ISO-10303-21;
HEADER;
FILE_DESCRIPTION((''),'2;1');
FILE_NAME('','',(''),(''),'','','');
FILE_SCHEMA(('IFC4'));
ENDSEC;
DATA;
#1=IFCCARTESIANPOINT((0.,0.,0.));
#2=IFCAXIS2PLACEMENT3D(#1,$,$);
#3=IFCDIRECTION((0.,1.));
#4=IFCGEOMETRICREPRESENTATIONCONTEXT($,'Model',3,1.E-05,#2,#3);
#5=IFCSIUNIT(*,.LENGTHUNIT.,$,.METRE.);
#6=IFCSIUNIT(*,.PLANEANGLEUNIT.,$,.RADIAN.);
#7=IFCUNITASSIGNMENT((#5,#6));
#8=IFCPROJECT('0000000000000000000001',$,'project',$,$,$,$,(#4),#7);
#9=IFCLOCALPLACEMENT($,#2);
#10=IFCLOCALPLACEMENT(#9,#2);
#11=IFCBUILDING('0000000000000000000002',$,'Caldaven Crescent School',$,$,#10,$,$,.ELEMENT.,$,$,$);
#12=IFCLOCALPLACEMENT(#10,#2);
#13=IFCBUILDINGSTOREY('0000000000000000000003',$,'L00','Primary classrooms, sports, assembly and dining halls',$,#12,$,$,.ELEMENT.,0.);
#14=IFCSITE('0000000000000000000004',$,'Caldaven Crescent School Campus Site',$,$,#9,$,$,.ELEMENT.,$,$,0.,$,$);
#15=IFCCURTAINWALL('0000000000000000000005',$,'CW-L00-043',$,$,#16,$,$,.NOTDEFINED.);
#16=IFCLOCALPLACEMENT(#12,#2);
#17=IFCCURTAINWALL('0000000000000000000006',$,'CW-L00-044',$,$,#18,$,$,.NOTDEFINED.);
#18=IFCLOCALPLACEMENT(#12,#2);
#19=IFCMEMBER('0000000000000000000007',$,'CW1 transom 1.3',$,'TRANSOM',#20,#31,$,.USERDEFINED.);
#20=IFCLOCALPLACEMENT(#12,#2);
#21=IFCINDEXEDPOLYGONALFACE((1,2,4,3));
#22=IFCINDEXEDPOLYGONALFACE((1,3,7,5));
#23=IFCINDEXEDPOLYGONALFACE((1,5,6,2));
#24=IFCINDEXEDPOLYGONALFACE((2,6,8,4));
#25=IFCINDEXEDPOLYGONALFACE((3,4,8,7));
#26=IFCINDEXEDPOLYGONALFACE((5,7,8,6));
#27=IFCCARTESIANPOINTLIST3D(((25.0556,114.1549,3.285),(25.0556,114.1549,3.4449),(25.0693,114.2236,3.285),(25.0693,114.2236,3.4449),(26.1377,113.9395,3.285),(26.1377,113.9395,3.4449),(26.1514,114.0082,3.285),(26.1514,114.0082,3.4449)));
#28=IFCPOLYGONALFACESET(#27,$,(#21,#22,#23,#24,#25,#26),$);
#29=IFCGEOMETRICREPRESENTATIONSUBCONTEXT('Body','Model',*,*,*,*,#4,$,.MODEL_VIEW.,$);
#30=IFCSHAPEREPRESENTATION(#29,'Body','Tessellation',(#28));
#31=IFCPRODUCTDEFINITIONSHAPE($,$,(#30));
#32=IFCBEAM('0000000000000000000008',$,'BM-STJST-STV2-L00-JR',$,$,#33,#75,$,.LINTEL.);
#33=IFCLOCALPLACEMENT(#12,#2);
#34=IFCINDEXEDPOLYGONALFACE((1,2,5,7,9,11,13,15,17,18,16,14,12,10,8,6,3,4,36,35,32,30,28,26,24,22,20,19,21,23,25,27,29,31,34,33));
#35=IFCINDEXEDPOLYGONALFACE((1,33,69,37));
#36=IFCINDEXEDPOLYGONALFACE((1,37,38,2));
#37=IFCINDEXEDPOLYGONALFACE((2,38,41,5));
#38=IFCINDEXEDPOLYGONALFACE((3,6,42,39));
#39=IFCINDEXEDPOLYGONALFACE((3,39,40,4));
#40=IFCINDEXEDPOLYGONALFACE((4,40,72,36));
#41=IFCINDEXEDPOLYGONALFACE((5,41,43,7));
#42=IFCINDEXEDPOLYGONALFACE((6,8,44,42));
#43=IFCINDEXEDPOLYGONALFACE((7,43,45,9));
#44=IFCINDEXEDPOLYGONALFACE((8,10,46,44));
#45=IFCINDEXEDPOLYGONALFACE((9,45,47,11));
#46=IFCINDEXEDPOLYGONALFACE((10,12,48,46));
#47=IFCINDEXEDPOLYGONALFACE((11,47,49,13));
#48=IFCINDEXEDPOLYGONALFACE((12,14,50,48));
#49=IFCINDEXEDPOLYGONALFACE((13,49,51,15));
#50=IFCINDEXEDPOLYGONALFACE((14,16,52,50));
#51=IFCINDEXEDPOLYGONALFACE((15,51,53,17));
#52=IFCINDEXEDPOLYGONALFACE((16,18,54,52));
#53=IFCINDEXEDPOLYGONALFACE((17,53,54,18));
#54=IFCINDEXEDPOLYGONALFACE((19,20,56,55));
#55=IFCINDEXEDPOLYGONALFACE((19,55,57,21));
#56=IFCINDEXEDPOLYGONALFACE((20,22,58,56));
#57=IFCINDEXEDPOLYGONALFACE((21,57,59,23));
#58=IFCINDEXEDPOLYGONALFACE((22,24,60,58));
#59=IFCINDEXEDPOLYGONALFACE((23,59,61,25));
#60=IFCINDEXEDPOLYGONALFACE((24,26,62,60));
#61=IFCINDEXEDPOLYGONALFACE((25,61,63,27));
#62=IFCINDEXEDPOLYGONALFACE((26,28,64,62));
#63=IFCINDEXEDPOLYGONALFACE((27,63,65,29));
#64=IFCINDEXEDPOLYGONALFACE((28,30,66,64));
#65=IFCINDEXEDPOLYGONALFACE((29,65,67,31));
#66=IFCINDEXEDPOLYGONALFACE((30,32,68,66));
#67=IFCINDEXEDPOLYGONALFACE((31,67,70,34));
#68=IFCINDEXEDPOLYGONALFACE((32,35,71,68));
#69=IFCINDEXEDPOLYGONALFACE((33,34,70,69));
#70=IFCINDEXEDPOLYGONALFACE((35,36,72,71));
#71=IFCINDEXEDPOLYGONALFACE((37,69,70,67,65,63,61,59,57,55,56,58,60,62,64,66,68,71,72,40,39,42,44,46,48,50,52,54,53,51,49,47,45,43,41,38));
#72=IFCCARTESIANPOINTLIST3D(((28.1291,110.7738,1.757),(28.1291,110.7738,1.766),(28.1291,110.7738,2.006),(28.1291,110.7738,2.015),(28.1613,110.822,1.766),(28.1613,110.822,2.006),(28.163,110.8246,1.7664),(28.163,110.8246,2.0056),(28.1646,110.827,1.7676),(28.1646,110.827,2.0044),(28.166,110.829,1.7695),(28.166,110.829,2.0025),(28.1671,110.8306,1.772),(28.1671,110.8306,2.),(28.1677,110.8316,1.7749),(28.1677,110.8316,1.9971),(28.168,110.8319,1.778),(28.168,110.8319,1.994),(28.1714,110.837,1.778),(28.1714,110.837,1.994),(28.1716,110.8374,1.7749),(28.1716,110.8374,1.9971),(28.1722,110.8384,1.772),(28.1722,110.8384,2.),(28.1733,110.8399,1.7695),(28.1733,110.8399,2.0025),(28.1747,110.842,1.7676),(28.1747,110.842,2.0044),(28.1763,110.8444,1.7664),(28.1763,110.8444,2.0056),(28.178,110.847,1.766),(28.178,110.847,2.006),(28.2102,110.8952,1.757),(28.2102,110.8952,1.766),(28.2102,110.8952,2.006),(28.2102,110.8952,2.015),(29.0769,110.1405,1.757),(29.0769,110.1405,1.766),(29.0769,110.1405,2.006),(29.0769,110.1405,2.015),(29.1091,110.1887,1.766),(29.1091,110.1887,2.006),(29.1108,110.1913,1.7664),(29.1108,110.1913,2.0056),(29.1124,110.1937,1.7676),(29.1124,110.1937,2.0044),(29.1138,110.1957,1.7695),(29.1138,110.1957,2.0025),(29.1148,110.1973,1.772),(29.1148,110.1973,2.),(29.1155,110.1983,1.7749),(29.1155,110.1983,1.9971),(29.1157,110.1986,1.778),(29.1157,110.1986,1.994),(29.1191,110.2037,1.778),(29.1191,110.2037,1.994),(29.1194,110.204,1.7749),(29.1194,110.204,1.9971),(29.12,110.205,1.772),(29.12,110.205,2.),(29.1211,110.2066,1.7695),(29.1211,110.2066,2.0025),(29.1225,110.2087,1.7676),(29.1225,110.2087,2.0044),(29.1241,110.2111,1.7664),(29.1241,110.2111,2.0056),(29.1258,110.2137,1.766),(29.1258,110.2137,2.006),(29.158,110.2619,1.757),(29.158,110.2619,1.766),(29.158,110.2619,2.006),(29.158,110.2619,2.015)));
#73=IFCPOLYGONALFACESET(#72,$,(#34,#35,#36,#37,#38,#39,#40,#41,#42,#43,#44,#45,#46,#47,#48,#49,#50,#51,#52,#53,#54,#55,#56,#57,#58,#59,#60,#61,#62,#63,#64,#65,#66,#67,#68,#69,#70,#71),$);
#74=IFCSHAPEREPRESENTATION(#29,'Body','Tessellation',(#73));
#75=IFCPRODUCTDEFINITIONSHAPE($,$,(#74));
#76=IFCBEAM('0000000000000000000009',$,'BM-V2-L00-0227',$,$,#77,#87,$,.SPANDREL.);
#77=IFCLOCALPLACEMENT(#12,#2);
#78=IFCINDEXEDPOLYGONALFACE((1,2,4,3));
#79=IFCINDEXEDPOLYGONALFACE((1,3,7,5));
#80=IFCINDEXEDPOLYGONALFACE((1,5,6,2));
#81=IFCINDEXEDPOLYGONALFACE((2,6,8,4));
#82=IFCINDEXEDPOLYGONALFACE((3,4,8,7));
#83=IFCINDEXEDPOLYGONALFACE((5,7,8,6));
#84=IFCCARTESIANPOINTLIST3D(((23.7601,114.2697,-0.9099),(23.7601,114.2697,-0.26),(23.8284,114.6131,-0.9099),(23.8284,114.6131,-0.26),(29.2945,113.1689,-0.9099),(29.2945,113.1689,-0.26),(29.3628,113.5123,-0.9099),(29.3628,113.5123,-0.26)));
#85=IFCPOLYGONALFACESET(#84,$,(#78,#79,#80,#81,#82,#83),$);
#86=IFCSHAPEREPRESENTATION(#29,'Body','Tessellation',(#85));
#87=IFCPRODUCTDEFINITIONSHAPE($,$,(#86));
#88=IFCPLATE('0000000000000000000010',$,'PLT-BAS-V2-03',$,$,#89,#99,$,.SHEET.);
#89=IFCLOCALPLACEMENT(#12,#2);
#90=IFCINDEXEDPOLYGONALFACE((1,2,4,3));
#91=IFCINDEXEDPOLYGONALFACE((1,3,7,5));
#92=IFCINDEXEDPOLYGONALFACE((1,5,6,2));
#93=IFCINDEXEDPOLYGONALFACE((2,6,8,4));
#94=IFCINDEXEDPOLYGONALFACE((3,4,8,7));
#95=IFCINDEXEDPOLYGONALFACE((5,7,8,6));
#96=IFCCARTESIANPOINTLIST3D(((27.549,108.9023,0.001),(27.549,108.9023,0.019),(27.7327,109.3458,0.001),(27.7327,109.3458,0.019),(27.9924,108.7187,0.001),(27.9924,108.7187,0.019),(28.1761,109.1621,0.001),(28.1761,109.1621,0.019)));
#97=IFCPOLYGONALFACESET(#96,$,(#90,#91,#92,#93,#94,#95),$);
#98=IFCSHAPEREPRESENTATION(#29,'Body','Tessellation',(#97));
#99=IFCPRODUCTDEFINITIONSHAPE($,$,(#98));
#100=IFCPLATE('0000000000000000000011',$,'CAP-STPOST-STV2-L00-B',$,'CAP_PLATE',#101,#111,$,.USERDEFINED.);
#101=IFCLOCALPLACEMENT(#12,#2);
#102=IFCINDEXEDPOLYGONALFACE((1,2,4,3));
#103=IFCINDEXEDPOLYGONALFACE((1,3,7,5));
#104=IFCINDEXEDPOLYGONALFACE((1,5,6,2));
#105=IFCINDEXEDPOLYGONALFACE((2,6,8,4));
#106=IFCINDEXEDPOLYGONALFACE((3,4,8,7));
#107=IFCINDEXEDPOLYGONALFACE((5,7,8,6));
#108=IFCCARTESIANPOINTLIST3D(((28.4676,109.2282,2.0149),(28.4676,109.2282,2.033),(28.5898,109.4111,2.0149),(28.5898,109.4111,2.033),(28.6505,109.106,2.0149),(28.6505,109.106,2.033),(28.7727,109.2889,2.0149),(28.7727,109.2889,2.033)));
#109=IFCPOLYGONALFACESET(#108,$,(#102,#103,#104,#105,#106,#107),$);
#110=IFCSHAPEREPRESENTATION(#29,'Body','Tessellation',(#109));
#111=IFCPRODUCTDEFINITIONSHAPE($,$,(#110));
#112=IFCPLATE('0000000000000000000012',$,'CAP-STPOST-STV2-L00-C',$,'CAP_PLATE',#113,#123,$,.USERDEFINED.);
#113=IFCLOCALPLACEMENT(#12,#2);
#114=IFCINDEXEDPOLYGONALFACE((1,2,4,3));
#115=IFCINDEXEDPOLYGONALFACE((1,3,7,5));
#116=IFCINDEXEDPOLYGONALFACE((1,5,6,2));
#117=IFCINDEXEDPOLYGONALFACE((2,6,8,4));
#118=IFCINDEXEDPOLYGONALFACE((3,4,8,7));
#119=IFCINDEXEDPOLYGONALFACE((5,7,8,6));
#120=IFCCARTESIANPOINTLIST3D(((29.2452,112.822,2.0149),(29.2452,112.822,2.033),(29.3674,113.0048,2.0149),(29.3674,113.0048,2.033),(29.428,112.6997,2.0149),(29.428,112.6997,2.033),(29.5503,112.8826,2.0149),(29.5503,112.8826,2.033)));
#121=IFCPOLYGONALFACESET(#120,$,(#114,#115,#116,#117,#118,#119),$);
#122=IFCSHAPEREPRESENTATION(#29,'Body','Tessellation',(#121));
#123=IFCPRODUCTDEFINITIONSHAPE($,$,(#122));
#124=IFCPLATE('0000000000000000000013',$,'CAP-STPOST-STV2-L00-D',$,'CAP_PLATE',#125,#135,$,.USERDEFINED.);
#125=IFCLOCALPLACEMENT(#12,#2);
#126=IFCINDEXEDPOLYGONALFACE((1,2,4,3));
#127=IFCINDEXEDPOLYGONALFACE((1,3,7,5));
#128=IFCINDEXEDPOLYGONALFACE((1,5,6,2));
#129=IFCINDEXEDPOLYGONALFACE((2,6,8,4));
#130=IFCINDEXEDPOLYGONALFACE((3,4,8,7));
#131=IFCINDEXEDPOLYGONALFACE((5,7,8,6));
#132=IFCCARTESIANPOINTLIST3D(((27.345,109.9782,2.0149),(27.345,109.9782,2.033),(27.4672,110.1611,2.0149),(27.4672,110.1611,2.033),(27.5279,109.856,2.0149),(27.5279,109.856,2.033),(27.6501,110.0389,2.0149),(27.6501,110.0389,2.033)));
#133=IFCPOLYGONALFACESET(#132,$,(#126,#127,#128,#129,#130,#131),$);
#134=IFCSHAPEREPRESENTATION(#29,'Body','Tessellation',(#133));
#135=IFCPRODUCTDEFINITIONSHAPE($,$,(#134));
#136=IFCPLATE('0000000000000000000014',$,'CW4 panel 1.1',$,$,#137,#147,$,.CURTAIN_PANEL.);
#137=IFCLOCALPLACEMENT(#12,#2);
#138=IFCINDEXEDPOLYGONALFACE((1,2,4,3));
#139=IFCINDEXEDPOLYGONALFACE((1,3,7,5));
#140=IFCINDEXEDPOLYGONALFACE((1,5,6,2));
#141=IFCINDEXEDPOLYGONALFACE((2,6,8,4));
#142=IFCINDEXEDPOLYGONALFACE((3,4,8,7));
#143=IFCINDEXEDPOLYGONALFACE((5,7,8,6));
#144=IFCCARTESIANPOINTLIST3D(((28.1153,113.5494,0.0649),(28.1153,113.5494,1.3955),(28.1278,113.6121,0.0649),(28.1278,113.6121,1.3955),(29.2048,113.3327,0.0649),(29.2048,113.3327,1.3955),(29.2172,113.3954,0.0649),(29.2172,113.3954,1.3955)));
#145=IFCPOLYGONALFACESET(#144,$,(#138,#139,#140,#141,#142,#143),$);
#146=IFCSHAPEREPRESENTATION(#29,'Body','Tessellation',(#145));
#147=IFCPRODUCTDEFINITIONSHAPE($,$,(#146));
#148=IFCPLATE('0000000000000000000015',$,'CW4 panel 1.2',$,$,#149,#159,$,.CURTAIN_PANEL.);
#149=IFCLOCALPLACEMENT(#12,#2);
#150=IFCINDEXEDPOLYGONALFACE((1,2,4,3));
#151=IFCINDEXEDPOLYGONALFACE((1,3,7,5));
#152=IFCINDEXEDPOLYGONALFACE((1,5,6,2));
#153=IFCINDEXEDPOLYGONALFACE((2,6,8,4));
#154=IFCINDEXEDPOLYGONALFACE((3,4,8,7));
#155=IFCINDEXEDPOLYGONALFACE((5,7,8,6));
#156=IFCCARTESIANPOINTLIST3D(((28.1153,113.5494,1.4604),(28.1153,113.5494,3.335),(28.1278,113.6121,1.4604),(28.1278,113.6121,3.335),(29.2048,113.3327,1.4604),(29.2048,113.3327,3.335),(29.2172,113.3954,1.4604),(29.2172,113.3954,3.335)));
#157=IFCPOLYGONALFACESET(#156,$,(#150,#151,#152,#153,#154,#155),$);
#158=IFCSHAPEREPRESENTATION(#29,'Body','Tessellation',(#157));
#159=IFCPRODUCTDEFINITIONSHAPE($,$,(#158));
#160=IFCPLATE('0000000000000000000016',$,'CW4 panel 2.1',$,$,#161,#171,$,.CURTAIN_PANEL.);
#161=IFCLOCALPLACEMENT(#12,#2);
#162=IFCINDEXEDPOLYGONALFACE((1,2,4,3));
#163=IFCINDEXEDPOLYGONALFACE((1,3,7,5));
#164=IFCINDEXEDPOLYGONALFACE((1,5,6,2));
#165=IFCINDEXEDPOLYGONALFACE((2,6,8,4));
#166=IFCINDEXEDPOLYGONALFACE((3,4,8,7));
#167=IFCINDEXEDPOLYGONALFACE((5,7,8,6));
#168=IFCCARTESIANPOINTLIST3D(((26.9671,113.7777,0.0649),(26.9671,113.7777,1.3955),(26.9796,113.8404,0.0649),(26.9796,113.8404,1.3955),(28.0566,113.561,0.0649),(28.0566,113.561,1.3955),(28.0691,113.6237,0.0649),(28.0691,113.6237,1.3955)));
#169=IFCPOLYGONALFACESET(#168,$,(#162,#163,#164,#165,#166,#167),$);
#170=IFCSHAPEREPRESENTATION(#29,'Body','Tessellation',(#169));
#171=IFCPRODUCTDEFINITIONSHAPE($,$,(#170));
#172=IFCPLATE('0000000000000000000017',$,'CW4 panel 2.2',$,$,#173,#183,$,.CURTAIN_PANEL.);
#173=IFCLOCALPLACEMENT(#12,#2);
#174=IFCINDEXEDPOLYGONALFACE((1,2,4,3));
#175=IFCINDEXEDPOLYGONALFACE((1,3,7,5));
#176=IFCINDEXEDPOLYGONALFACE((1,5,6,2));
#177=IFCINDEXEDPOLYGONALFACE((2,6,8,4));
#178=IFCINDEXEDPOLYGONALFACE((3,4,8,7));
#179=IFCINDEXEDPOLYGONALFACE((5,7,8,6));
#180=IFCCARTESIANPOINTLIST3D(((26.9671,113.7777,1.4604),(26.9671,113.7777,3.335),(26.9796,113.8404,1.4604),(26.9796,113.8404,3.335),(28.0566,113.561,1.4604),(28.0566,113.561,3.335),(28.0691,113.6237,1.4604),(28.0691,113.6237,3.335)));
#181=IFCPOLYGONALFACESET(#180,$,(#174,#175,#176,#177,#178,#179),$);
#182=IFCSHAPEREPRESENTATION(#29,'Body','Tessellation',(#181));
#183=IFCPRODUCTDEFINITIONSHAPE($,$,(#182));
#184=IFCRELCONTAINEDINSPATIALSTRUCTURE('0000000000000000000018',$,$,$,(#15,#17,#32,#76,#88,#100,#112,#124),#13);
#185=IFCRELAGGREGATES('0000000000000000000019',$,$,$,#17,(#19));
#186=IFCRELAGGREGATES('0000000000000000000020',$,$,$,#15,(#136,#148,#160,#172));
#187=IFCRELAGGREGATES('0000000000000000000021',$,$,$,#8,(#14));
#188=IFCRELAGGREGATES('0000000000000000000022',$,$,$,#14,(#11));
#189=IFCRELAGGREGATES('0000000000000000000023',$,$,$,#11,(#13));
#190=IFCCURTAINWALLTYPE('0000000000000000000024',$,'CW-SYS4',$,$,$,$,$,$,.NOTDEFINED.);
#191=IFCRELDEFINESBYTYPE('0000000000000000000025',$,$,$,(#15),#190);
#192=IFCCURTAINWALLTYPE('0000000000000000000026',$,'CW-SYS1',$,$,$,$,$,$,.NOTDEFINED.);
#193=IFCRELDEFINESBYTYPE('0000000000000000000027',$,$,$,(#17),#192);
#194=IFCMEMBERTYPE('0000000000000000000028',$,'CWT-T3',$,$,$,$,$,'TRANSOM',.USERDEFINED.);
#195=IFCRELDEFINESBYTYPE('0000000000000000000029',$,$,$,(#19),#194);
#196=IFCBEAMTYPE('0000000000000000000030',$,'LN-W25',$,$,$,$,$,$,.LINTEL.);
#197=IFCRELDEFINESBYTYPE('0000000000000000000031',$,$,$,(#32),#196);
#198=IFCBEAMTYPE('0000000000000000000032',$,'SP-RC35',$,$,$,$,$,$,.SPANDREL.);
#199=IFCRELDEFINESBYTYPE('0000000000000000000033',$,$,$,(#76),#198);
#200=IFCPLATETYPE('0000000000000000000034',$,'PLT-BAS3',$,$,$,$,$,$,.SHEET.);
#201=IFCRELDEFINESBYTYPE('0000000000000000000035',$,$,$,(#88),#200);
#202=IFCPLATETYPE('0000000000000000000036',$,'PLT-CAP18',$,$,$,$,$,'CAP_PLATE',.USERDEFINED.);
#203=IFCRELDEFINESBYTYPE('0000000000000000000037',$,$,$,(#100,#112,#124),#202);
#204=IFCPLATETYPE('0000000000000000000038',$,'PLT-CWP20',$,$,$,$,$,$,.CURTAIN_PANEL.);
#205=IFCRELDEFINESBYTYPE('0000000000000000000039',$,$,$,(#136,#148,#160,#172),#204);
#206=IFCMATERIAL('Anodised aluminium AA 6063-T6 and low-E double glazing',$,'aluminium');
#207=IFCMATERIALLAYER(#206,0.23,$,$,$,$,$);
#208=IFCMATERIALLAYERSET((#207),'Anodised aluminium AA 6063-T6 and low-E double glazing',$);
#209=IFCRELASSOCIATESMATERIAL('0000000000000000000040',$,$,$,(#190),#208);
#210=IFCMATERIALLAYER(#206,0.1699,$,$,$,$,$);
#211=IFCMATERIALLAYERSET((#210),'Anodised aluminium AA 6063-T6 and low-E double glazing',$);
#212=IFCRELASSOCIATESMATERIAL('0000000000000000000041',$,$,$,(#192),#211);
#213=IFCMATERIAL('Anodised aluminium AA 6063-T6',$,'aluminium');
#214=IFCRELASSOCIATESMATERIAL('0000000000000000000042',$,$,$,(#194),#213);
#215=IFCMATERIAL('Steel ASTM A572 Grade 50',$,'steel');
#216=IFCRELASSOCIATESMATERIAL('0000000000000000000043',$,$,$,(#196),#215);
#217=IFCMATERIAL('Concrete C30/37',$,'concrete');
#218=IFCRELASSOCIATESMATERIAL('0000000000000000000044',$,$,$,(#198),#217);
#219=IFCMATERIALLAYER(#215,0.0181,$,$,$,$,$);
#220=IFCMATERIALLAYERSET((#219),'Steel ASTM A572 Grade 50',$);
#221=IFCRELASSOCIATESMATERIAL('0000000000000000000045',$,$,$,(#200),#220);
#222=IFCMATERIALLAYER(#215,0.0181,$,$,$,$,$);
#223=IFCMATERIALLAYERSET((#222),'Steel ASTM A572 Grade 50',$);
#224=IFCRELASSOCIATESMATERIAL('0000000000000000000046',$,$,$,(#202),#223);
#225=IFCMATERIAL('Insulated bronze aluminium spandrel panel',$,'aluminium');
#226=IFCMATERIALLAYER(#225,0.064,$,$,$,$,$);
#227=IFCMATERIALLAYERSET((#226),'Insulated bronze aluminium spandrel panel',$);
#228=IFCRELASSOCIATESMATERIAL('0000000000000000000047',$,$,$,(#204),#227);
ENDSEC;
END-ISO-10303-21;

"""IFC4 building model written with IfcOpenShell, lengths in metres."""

from ifc_helpers import new_model, si_unit, direction, frame, origin, origin_2d, place, context, subcontext, project, spatial, rectangle, i_section, extrude, material, layer, layer_set, material_profile, profile_set, type_object, element, aggregate, save


model = new_model("IFC4")

# Units and contexts
model_context = context("Model", 3, precision=1e-05, world=origin(), true_north=direction((0.0, 1.0)))
body_context = subcontext(model_context, "Body", "Model", "MODEL_VIEW")
ifc_project = project(units=[si_unit("LENGTHUNIT", "METRE"), si_unit("PLANEANGLEUNIT", "RADIAN")], contexts=[model_context])

# Site, building, storey
site_placement = place(None, origin())
site = spatial("IfcSite", under=ifc_project, at=site_placement, Name="Caldaven Crescent School Campus Site", CompositionType="ELEMENT", RefElevation=0.0)
building_placement = place(site_placement, origin())
building = spatial("IfcBuilding", under=site, at=building_placement, Name="Caldaven Crescent School", CompositionType="ELEMENT")
storey_placement = place(building_placement, origin())
storey = spatial("IfcBuildingStorey", under=building, at=storey_placement, Name="L00", Description="Primary classrooms, sports, assembly and dining halls", CompositionType="ELEMENT", Elevation=0.0)

# Shared definitions
ifc_material_1 = material(Name="Steel ASTM A572 Grade 50", Category="steel")
ifc_material_2 = material(Name="Concrete C30/37", Category="concrete")

# Curtain wall
ifc_material_3 = material(Name="Anodised aluminium AA 6063-T6 and low-E double glazing", Category="aluminium")
ifc_layer_1 = layer(ifc_material_3, 0.23)
ifc_layer_set_1 = layer_set([ifc_layer_1], Name="Anodised aluminium AA 6063-T6 and low-E double glazing")
curtain_wall_type_1 = type_object("IfcCurtainWallType", Name="CW-SYS4", PredefinedType="NOTDEFINED", material=ifc_layer_set_1)
curtain_wall_1_placement = place(storey_placement, origin())
curtain_wall_1 = element("IfcCurtainWall", 1, at=curtain_wall_1_placement, inside=storey, type_object=curtain_wall_type_1, Name="CW-L00-043", PredefinedType="NOTDEFINED")
ifc_material_4 = material(Name="Anodised aluminium AA 6063-T6", Category="aluminium")

# Curtain wall
ifc_layer_2 = layer(ifc_material_3, 0.1699)
ifc_layer_set_2 = layer_set([ifc_layer_2], Name="Anodised aluminium AA 6063-T6 and low-E double glazing")
curtain_wall_type_2 = type_object("IfcCurtainWallType", Name="CW-SYS1", PredefinedType="NOTDEFINED", material=ifc_layer_set_2)
curtain_wall_2_placement = place(storey_placement, origin())
curtain_wall_2 = element("IfcCurtainWall", 2, at=curtain_wall_2_placement, inside=storey, type_object=curtain_wall_type_2, Name="CW-L00-044", PredefinedType="NOTDEFINED")

# Member
ifc_material_profile_1 = material_profile(ifc_material_4, rectangle(XDim=0.0701, YDim=0.1599, at=origin_2d()), Name="CWT 70x160")
ifc_profile_set_1 = profile_set([ifc_material_profile_1], Name="Anodised aluminium AA 6063-T6")
member_type_1 = type_object("IfcMemberType", Name="CWT-T3", ElementType="TRANSOM", PredefinedType="USERDEFINED", material=ifc_profile_set_1)
member_1_placement = place(storey_placement, frame((26.1445, 113.9739, 3.365), z_axis=(-0.980767, 0.19518, 0.0), x_axis=(-0.19518, -0.980767, 0.0)))
member_1 = element("IfcMember", 3, at=member_1_placement, type_object=member_type_1, Name="CW1 transom 1.3", ObjectType="TRANSOM", PredefinedType="USERDEFINED", context=body_context, shape_type="SweptSolid", body=[
    extrude(rectangle(XDim=0.0701, YDim=0.1599, at=origin_2d()), origin(), (0.0, 0.0, 1.0), 1.1033),
])
aggregate(curtain_wall_2, [member_1])

# Beams
ifc_material_profile_2 = material_profile(ifc_material_1, i_section(OverallWidth=0.146, OverallDepth=0.2581, WebThickness=0.0061, FlangeThickness=0.009, FilletRadius=0.012, at=origin_2d()), Name="W250x33")
ifc_profile_set_2 = profile_set([ifc_material_profile_2], Name="Steel ASTM A572 Grade 50")
beam_type_1 = type_object("IfcBeamType", Name="LN-W25", PredefinedType="LINTEL", material=ifc_profile_set_2)
beam_1_placement = place(storey_placement, frame((29.1174, 110.2012, 1.886), z_axis=(-0.831457, 0.55559, 0.0), x_axis=(-0.55559, -0.831457, 0.0)))
element("IfcBeam", 4, at=beam_1_placement, inside=storey, type_object=beam_type_1, Name="BM-STJST-STV2-L00-JR", PredefinedType="LINTEL", context=body_context, shape_type="SweptSolid", body=[
    extrude(i_section(OverallWidth=0.146, OverallDepth=0.2581, WebThickness=0.0061, FlangeThickness=0.009, FilletRadius=0.012, at=origin_2d()), origin(), (0.0, 0.0, 1.0), 1.1399),
])
ifc_material_profile_3 = material_profile(ifc_material_2, rectangle(XDim=0.3501, YDim=0.6499, at=origin_2d()), Name="RC 350x650")
ifc_profile_set_3 = profile_set([ifc_material_profile_3], Name="Concrete C30/37")
beam_type_2 = type_object("IfcBeamType", Name="SP-RC35", PredefinedType="SPANDREL", material=ifc_profile_set_3)
beam_2_placement = place(storey_placement, frame((29.3286, 113.3406, -0.585), z_axis=(-0.980786, 0.195084, 0.0), x_axis=(-0.195084, -0.980786, 0.0)))
element("IfcBeam", 5, at=beam_2_placement, inside=storey, type_object=beam_type_2, Name="BM-V2-L00-0227", PredefinedType="SPANDREL", context=body_context, shape_type="SweptSolid", body=[
    extrude(rectangle(XDim=0.3501, YDim=0.6499, at=origin_2d()), origin(), (0.0, 0.0, 1.0), 5.6428),
])

# Plates
ifc_layer_3 = layer(ifc_material_1, 0.0181)
ifc_layer_set_3 = layer_set([ifc_layer_3], Name="Steel ASTM A572 Grade 50")
plate_type_1 = type_object("IfcPlateType", Name="PLT-BAS3", PredefinedType="SHEET", material=ifc_layer_set_3)
plate_1_placement = place(storey_placement, frame((27.8625, 109.0322, 0.001), z_axis=(0.0, 0.0, 1.0), x_axis=(0.382683, 0.92388, 0.0)))
element("IfcPlate", 6, at=plate_1_placement, inside=storey, type_object=plate_type_1, Name="PLT-BAS-V2-03", PredefinedType="SHEET", context=body_context, shape_type="SweptSolid", body=[
    extrude(rectangle(XDim=0.48, YDim=0.48, at=origin_2d()), origin(), (0.0, 0.0, 1.0), 0.0181),
])
ifc_layer_4 = layer(ifc_material_1, 0.0181)
ifc_layer_set_4 = layer_set([ifc_layer_4], Name="Steel ASTM A572 Grade 50")
plate_type_2 = type_object("IfcPlateType", Name="PLT-CAP18", ElementType="CAP_PLATE", PredefinedType="USERDEFINED", material=ifc_layer_set_4)
for number, where, z_axis, x_axis, name in (
    (7, (28.6201, 109.2585, 2.0149), (0.0, 0.0, 1.0), (-0.83147, 0.55557, 0.0), "CAP-STPOST-STV2-L00-B"),
    (8, (29.3977, 112.8523, 2.0149), (0.0, 0.0, 1.0), (-0.83147, 0.55557, 0.0), "CAP-STPOST-STV2-L00-C"),
    (9, (27.4976, 110.0085, 2.0149), (0.0, 0.0, 1.0), (-0.83147, 0.55557, 0.0), "CAP-STPOST-STV2-L00-D"),
):
    element("IfcPlate", number, at=place(storey_placement, frame(where, z_axis=z_axis, x_axis=x_axis)), inside=storey, type_object=plate_type_2, Name=name, ObjectType="CAP_PLATE", PredefinedType="USERDEFINED", context=body_context, shape_type="SweptSolid", body=[
        extrude(rectangle(XDim=0.22, YDim=0.22, at=origin_2d()), origin(), (0.0, 0.0, 1.0), 0.0181),
    ])

# Plates
ifc_material_5 = material(Name="Insulated bronze aluminium spandrel panel", Category="aluminium")
ifc_layer_5 = layer(ifc_material_5, 0.064)
ifc_layer_set_5 = layer_set([ifc_layer_5], Name="Insulated bronze aluminium spandrel panel")
plate_type_3 = type_object("IfcPlateType", Name="PLT-CWP20", PredefinedType="CURTAIN_PANEL", material=ifc_layer_set_5)
plate_2_placement = place(storey_placement, frame((28.6663, 113.4724, 0.0649), z_axis=(0.0, 0.0, 1.0), x_axis=(-0.980786, 0.195087, 0.0)))
plate_2 = element("IfcPlate", 10, at=plate_2_placement, type_object=plate_type_3, Name="CW4 panel 1.1", PredefinedType="CURTAIN_PANEL", context=body_context, shape_type="SweptSolid", body=[
    extrude(rectangle(XDim=1.1108, YDim=0.064, at=origin_2d()), origin(), (0.0, 0.0, 1.0), 1.3306),
])
plate_3_placement = place(storey_placement, frame((28.6663, 113.4724, 1.4604), z_axis=(0.0, 0.0, 1.0), x_axis=(-0.980786, 0.195087, 0.0)))
plate_3 = element("IfcPlate", 11, at=plate_3_placement, type_object=plate_type_3, Name="CW4 panel 1.2", PredefinedType="CURTAIN_PANEL", context=body_context, shape_type="SweptSolid", body=[
    extrude(rectangle(XDim=1.1108, YDim=0.064, at=origin_2d()), origin(), (0.0, 0.0, 1.0), 1.8745),
])
plate_4_placement = place(storey_placement, frame((27.5181, 113.7007, 0.0649), z_axis=(0.0, 0.0, 1.0), x_axis=(-0.980786, 0.195087, 0.0)))
plate_4 = element("IfcPlate", 12, at=plate_4_placement, type_object=plate_type_3, Name="CW4 panel 2.1", PredefinedType="CURTAIN_PANEL", context=body_context, shape_type="SweptSolid", body=[
    extrude(rectangle(XDim=1.1108, YDim=0.064, at=origin_2d()), origin(), (0.0, 0.0, 1.0), 1.3306),
])
plate_5_placement = place(storey_placement, frame((27.5181, 113.7007, 1.4604), z_axis=(0.0, 0.0, 1.0), x_axis=(-0.980786, 0.195087, 0.0)))
plate_5 = element("IfcPlate", 13, at=plate_5_placement, type_object=plate_type_3, Name="CW4 panel 2.2", PredefinedType="CURTAIN_PANEL", context=body_context, shape_type="SweptSolid", body=[
    extrude(rectangle(XDim=1.1108, YDim=0.064, at=origin_2d()), origin(), (0.0, 0.0, 1.0), 1.8745),
])
aggregate(curtain_wall_1, [plate_2, plate_3, plate_4, plate_5])

save(model, "model.ifc")
